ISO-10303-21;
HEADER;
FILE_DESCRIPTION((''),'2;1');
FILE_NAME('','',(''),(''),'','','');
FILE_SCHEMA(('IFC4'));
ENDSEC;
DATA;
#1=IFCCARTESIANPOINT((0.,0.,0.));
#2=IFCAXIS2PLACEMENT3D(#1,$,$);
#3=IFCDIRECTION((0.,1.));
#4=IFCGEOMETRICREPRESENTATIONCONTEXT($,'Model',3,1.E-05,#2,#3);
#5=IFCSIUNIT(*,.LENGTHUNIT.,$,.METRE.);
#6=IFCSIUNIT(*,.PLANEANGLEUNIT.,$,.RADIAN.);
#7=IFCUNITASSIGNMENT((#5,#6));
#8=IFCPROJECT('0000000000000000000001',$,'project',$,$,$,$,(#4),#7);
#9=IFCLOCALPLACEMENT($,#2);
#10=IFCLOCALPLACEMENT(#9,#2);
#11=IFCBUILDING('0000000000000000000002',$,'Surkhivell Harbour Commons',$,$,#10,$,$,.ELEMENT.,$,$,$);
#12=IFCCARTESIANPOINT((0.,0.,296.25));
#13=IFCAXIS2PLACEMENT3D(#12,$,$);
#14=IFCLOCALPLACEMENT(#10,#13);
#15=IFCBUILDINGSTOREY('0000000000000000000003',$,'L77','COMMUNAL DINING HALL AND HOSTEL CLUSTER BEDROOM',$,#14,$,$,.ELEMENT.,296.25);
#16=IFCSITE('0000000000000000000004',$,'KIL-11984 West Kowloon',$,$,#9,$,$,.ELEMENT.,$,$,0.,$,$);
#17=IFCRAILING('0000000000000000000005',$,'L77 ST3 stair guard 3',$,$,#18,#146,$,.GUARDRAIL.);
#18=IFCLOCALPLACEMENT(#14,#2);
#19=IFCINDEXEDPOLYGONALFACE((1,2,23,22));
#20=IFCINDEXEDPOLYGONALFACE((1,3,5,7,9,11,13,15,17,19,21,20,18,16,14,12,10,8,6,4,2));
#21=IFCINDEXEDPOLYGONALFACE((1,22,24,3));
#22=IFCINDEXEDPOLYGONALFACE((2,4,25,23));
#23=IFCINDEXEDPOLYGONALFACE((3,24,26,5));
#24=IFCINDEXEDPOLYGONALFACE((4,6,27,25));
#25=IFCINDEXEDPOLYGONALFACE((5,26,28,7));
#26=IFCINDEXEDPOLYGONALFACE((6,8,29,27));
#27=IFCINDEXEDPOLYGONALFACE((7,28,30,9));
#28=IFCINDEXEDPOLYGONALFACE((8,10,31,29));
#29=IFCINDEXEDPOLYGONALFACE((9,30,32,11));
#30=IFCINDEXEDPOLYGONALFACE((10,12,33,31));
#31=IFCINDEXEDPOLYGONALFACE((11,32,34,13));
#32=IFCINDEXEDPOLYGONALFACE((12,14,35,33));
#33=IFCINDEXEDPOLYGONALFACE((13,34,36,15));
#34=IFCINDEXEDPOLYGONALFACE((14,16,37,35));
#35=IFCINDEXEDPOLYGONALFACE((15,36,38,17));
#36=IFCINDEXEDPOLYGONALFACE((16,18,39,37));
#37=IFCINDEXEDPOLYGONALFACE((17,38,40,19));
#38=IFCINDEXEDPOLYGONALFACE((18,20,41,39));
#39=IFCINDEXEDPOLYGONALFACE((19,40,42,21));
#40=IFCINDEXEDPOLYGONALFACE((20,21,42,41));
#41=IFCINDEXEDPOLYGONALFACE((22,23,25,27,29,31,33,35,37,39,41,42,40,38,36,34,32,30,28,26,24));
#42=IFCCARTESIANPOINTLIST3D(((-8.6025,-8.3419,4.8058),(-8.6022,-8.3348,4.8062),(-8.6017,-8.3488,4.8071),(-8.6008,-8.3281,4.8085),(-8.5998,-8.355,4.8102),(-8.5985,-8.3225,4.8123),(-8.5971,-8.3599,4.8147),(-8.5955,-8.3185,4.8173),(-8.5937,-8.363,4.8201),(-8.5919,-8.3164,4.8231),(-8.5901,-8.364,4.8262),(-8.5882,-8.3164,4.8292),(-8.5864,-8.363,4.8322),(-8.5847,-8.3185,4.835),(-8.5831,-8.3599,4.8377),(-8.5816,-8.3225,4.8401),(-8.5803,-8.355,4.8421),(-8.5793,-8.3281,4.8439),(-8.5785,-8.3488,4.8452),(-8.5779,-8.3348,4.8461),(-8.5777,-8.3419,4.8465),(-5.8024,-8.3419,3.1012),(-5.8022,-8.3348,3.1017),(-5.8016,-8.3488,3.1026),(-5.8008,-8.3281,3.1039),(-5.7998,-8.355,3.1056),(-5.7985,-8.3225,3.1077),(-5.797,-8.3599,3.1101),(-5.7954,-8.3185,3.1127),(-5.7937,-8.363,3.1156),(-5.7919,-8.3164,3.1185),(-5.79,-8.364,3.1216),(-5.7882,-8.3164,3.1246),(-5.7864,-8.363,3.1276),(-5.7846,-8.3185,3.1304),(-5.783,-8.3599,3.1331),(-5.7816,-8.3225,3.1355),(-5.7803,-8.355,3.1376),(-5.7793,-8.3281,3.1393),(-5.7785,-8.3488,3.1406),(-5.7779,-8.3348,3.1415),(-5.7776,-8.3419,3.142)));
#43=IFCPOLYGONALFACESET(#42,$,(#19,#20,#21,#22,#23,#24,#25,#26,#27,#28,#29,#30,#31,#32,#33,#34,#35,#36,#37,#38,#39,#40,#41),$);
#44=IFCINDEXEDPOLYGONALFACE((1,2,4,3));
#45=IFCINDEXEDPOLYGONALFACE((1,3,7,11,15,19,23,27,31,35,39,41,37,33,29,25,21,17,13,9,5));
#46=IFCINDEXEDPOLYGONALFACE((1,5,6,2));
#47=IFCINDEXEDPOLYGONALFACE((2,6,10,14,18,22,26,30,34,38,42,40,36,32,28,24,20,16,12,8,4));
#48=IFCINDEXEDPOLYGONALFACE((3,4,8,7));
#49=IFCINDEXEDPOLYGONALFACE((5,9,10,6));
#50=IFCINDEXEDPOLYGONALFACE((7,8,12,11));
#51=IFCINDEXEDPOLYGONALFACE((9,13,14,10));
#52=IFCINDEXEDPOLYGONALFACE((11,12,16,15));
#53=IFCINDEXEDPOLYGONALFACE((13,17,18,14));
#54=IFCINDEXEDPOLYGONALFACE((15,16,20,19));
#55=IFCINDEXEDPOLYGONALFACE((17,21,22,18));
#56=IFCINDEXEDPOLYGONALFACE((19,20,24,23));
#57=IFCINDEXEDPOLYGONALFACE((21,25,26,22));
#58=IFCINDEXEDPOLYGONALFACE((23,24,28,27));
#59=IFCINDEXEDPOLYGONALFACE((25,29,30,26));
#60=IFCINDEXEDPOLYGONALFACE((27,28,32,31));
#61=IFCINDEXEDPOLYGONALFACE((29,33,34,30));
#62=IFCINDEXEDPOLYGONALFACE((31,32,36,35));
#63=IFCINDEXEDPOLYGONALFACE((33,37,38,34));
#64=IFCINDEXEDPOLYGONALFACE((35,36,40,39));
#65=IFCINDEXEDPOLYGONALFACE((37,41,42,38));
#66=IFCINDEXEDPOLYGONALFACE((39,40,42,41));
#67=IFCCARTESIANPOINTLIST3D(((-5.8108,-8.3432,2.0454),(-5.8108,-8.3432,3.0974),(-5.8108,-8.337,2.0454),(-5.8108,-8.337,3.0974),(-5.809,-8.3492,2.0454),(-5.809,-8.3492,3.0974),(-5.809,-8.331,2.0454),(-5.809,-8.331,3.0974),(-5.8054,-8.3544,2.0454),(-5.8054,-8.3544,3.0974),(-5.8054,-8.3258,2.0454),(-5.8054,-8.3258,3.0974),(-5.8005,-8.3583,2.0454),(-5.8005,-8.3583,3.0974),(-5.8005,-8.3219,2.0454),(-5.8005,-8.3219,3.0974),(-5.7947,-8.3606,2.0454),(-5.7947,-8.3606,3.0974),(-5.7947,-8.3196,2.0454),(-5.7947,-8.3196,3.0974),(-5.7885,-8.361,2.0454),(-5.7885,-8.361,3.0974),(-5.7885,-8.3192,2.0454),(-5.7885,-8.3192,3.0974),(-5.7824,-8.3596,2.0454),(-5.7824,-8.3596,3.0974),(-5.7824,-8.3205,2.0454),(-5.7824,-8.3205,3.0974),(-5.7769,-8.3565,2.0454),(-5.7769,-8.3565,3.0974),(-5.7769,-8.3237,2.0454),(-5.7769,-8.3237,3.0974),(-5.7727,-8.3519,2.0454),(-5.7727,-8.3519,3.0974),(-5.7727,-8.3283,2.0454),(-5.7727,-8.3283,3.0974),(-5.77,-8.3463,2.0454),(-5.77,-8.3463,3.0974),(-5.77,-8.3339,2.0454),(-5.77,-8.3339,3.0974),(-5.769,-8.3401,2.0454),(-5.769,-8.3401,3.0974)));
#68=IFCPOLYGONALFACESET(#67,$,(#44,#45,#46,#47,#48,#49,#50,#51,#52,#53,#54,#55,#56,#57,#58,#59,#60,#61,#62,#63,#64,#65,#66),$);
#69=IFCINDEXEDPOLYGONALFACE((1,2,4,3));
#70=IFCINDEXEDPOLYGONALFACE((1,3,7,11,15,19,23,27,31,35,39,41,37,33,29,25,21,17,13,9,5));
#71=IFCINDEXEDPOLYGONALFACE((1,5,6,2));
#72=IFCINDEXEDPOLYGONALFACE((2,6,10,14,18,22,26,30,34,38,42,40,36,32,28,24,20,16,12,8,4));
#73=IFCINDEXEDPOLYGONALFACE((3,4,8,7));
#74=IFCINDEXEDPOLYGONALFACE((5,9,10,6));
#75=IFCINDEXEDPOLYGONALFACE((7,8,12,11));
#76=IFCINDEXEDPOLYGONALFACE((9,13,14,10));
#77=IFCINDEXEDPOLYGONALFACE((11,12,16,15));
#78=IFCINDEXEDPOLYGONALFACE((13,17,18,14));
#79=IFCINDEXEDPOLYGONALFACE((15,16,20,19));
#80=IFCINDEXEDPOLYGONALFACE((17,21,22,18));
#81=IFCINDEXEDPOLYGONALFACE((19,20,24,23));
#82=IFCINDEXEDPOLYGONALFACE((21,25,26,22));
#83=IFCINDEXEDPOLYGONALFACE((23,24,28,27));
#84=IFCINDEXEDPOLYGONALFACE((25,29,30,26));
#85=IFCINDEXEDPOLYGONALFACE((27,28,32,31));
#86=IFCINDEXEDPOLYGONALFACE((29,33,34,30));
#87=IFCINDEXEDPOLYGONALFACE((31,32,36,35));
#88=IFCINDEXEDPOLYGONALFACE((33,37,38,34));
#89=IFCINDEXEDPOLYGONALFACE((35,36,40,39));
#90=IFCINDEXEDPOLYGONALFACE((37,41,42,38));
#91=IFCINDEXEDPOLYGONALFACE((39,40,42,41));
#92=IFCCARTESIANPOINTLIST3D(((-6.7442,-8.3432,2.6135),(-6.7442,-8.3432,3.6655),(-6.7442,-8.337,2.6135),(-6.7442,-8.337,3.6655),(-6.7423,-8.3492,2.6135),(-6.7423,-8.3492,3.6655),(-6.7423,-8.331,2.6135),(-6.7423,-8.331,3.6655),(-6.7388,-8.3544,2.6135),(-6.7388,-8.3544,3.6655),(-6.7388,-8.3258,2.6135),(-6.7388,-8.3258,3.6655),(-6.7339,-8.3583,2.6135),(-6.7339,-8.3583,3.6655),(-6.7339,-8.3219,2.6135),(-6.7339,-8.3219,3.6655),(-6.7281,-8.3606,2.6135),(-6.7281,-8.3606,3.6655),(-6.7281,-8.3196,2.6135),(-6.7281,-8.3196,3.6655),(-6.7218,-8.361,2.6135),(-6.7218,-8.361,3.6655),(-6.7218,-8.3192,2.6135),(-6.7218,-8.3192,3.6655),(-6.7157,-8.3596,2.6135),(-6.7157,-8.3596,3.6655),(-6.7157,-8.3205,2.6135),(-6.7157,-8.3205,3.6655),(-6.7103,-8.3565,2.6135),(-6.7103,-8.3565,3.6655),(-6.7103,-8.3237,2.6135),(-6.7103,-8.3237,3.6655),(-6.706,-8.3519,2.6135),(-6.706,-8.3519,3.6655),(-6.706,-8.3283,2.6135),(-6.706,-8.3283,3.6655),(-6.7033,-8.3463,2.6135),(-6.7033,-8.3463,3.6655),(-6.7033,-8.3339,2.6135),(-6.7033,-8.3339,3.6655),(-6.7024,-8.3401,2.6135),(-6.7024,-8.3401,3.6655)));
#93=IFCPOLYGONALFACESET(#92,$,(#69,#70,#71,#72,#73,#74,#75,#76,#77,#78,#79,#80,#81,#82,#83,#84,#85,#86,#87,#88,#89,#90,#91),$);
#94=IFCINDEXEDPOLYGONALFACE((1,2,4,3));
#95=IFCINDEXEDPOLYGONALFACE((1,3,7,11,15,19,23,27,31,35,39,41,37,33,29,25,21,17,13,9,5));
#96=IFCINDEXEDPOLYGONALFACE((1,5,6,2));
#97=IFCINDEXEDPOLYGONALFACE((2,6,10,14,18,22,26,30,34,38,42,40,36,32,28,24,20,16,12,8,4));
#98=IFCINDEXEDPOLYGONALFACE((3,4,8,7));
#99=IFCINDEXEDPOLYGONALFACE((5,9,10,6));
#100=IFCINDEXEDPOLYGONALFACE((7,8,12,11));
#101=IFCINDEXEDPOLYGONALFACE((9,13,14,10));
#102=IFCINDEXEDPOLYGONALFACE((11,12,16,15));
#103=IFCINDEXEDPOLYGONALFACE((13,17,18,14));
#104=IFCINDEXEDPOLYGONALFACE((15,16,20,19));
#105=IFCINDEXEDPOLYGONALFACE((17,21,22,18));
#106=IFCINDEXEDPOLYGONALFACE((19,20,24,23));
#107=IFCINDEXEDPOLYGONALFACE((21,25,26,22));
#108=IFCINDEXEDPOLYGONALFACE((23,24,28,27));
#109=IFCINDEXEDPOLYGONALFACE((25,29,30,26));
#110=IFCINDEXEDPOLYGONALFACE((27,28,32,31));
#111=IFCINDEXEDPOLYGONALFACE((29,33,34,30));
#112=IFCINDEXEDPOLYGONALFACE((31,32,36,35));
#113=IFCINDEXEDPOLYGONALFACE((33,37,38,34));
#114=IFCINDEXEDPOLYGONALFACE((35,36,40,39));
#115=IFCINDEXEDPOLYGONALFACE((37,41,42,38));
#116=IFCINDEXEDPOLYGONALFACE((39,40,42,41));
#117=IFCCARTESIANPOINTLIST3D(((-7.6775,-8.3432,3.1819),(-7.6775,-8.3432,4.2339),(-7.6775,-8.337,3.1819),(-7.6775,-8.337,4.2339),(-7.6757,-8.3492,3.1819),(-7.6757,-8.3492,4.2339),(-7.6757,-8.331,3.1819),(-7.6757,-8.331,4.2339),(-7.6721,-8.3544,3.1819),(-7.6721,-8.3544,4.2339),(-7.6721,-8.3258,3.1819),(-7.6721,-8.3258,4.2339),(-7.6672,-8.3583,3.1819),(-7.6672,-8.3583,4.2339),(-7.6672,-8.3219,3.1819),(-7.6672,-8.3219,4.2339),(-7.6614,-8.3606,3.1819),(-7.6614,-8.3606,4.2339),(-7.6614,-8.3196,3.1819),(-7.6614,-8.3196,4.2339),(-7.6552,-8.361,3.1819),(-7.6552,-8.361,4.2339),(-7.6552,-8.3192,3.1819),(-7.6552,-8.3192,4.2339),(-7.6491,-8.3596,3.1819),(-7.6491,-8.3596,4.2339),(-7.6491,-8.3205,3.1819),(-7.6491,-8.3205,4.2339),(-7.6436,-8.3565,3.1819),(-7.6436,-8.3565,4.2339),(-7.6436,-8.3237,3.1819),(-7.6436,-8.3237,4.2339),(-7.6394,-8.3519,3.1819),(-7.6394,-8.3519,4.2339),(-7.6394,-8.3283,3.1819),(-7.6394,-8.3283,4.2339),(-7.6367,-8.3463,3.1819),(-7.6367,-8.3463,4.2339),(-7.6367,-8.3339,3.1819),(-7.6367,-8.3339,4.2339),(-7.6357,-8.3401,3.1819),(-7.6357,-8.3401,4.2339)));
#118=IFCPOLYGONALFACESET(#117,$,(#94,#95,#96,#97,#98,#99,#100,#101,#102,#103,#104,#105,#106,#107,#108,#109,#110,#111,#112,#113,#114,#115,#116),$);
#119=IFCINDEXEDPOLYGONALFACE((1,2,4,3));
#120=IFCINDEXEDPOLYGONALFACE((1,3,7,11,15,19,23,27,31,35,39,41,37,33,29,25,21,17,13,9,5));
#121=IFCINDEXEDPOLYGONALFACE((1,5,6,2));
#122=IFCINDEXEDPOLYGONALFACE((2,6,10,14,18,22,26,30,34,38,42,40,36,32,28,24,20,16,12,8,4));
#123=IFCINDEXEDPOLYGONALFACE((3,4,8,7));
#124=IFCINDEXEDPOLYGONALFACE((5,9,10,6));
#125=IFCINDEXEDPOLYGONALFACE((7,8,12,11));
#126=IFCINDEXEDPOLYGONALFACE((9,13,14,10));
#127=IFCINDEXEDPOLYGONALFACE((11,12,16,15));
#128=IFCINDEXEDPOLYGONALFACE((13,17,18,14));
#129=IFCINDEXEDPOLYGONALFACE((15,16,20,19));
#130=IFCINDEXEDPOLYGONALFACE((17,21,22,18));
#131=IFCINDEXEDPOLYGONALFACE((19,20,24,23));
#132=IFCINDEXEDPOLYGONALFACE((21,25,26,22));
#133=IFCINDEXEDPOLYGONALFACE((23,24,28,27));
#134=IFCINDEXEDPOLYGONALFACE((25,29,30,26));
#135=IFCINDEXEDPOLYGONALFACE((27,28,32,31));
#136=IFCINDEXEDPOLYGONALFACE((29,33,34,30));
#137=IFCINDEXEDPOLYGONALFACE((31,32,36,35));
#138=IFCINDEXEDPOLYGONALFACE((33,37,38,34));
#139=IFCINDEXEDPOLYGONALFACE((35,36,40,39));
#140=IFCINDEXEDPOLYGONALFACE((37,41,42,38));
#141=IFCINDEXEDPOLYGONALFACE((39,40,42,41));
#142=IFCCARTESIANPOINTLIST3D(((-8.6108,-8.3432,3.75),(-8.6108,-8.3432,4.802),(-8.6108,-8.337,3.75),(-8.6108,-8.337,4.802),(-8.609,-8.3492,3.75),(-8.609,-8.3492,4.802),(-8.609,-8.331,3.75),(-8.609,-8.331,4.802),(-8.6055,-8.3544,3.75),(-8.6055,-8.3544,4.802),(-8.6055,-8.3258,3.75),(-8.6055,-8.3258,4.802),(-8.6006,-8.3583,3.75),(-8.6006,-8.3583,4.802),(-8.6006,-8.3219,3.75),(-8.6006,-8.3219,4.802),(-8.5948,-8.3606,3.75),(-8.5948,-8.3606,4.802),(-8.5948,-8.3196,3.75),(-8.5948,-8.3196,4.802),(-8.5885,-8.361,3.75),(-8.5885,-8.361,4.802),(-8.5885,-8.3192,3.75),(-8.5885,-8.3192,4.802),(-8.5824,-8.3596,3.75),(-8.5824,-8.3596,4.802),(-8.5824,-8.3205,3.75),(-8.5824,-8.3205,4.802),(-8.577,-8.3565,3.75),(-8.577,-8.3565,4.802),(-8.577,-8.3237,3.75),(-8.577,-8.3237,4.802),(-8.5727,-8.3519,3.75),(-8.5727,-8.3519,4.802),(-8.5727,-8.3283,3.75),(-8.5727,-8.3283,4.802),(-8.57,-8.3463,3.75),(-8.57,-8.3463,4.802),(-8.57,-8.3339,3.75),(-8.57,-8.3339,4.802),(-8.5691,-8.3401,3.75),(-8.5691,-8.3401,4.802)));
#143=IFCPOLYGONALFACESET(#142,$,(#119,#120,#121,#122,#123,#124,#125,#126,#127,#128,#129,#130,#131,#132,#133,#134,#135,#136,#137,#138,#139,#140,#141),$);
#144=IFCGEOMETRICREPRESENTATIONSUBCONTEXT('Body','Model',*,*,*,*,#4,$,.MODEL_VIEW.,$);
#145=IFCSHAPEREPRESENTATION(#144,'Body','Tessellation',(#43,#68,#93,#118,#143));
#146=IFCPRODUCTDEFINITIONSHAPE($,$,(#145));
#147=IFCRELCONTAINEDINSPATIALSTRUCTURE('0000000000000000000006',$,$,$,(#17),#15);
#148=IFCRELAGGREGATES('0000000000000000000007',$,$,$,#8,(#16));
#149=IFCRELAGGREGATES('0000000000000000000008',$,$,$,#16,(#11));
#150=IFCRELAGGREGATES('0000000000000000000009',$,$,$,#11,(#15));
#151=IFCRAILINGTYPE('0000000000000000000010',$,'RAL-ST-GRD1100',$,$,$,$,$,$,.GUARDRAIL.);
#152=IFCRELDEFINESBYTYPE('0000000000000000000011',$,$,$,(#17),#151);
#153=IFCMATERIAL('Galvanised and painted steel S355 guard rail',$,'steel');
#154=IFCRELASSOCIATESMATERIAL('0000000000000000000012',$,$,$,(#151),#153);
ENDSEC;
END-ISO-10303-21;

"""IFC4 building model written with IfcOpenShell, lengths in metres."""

from ifc_helpers import new_model, si_unit, direction, frame, origin, origin_2d, place, context, subcontext, project, spatial, circle, extrude, material, type_object, element, save


model = new_model("IFC4")

# Units and contexts
model_context = context("Model", 3, precision=1e-05, world=origin(), true_north=direction((0.0, 1.0)))
body_context = subcontext(model_context, "Body", "Model", "MODEL_VIEW")
ifc_project = project(units=[si_unit("LENGTHUNIT", "METRE"), si_unit("PLANEANGLEUNIT", "RADIAN")], contexts=[model_context])

# Site, building, storey
site_placement = place(None, origin())
site = spatial("IfcSite", under=ifc_project, at=site_placement, Name="KIL-11984 West Kowloon", CompositionType="ELEMENT", RefElevation=0.0)
building_placement = place(site_placement, origin())
building = spatial("IfcBuilding", under=site, at=building_placement, Name="Surkhivell Harbour Commons", CompositionType="ELEMENT")
storey_placement = place(building_placement, frame((0.0, 0.0, 296.25)))
storey = spatial("IfcBuildingStorey", under=building, at=storey_placement, Name="L77", Description="COMMUNAL DINING HALL AND HOSTEL CLUSTER BEDROOM", CompositionType="ELEMENT", Elevation=296.25)

# Railing
ifc_material_1 = material(Name="Galvanised and painted steel S355 guard rail", Category="steel")
railing_type_1 = type_object("IfcRailingType", Name="RAL-ST-GRD1100", PredefinedType="GUARDRAIL", material=ifc_material_1)
railing_1_placement = place(storey_placement, frame((-5.79, -8.3401, 2.0454)))
element("IfcRailing", 1, at=railing_1_placement, inside=storey, type_object=railing_type_1, Name="L77 ST3 stair guard 3", PredefinedType="GUARDRAIL", context=body_context, shape_type="SweptSolid", body=[
    extrude(circle(Radius=0.0239, at=origin_2d()), frame((0.0, 0.0, 1.0762), z_axis=(-0.85417, 0.0, 0.519994), x_axis=(0.0, -1.0, 0.0)), (0.0, 0.0, 1.0), 3.2781),
    extrude(circle(Radius=0.021, at=origin_2d()), origin(), (0.0, 0.0, 1.0), 1.052),
    extrude(circle(Radius=0.021, at=origin_2d()), frame((-0.9333, 0.0, 0.5681)), (0.0, 0.0, 1.0), 1.052),
    extrude(circle(Radius=0.021, at=origin_2d()), frame((-1.8667, 0.0, 1.1365)), (0.0, 0.0, 1.0), 1.052),
    extrude(circle(Radius=0.021, at=origin_2d()), frame((-2.8, 0.0, 1.7046)), (0.0, 0.0, 1.0), 1.052),
])

save(model, "model.ifc")
